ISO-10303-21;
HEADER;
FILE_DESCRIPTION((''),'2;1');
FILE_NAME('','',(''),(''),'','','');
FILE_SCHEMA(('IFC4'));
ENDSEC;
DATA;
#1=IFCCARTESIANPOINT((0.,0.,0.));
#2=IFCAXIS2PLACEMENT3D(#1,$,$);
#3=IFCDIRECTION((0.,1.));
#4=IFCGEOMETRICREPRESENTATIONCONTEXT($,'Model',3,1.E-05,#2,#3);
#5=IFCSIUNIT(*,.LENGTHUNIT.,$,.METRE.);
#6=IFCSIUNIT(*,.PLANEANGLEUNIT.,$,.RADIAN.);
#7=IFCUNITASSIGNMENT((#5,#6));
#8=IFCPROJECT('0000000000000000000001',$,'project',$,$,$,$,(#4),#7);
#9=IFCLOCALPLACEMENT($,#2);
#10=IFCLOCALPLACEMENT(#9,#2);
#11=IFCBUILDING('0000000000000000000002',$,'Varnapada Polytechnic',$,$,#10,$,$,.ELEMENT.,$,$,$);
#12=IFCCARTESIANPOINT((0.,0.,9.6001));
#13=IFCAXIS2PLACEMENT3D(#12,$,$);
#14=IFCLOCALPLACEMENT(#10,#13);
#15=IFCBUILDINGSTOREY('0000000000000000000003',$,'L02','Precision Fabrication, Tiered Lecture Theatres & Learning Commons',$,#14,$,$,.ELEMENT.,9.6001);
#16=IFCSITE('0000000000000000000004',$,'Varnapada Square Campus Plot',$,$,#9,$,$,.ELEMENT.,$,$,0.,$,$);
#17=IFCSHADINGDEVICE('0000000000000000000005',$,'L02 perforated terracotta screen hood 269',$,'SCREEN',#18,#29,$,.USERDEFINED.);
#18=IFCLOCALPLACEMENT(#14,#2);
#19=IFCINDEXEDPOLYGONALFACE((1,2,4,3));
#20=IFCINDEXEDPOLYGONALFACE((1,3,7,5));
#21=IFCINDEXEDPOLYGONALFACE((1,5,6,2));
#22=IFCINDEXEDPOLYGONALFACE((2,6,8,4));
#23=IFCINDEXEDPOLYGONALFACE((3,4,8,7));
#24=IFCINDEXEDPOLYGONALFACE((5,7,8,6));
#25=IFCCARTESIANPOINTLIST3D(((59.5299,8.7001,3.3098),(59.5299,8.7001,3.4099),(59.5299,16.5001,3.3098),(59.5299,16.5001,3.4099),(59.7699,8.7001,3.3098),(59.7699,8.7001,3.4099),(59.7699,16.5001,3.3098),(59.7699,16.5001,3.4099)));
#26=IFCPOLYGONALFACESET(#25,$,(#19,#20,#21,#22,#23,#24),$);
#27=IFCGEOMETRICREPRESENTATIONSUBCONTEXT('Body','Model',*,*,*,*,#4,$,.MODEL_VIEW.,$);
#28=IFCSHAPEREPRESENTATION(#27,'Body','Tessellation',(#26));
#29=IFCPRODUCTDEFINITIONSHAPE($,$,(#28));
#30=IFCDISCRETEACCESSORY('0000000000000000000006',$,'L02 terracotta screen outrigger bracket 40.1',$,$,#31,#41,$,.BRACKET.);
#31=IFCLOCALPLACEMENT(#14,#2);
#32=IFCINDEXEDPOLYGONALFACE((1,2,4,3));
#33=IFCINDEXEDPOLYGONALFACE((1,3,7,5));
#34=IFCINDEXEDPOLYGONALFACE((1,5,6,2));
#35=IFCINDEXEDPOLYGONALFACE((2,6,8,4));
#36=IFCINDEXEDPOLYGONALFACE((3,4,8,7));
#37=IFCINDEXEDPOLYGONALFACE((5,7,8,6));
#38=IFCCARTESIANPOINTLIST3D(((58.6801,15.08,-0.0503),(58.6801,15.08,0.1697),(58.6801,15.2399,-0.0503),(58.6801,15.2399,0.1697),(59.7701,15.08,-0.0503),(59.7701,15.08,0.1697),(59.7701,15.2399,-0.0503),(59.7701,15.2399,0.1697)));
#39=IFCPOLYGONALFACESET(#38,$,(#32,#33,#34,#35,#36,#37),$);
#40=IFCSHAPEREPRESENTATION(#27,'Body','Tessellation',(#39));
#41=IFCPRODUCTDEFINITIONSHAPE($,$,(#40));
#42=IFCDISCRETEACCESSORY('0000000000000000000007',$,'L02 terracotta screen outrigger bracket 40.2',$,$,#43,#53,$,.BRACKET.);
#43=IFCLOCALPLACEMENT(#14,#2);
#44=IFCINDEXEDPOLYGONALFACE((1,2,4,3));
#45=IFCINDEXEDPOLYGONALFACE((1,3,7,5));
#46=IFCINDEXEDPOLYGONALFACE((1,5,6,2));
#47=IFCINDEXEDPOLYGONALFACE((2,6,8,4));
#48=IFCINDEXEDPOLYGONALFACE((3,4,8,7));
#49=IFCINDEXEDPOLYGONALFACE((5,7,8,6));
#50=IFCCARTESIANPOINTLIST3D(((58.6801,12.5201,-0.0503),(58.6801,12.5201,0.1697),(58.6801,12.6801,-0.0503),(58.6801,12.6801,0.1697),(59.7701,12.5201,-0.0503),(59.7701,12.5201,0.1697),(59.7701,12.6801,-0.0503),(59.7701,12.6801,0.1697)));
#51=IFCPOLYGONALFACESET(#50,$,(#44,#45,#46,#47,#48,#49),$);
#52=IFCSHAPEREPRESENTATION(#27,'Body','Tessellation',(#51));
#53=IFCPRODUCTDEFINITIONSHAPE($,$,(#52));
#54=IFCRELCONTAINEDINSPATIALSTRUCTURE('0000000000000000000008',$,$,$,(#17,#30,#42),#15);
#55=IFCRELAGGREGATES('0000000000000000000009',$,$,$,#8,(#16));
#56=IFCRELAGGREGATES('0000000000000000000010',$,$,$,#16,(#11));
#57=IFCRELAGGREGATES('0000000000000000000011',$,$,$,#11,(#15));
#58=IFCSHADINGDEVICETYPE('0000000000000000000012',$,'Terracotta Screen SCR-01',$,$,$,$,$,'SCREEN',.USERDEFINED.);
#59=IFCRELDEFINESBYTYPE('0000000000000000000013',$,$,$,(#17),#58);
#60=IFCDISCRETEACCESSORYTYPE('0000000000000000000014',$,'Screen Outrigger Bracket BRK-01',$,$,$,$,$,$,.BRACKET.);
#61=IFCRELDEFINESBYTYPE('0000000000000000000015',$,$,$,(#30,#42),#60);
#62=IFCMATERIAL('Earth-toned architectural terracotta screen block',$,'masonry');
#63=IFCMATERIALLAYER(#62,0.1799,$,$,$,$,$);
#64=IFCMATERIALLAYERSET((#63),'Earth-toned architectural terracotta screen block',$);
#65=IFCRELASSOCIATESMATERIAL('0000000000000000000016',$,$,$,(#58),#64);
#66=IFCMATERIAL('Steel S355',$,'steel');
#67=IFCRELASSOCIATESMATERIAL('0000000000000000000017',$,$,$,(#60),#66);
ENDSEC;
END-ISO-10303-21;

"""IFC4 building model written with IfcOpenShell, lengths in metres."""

from ifc_helpers import new_model, si_unit, direction, frame, origin, origin_2d, place, context, subcontext, project, spatial, rectangle, extrude, material, layer, layer_set, type_object, element, save


model = new_model("IFC4")

# Units and contexts
model_context = context("Model", 3, precision=1e-05, world=origin(), true_north=direction((0.0, 1.0)))
body_context = subcontext(model_context, "Body", "Model", "MODEL_VIEW")
ifc_project = project(units=[si_unit("LENGTHUNIT", "METRE"), si_unit("PLANEANGLEUNIT", "RADIAN")], contexts=[model_context])

# Site, building, storey
site_placement = place(None, origin())
site = spatial("IfcSite", under=ifc_project, at=site_placement, Name="Varnapada Square Campus Plot", CompositionType="ELEMENT", RefElevation=0.0)
building_placement = place(site_placement, origin())
building = spatial("IfcBuilding", under=site, at=building_placement, Name="Varnapada Polytechnic", CompositionType="ELEMENT")
storey_placement = place(building_placement, frame((0.0, 0.0, 9.6001)))
storey = spatial("IfcBuildingStorey", under=building, at=storey_placement, Name="L02", Description="Precision Fabrication, Tiered Lecture Theatres & Learning Commons", CompositionType="ELEMENT", Elevation=9.6001)

# Shared definitions
ifc_material_1 = material(Name="Earth-toned architectural terracotta screen block", Category="masonry")

# Shading device
ifc_layer_1 = layer(ifc_material_1, 0.1799)
ifc_layer_set_1 = layer_set([ifc_layer_1], Name="Earth-toned architectural terracotta screen block")
shading_device_type = type_object("IfcShadingDeviceType", Name="Terracotta Screen SCR-01", ElementType="SCREEN", PredefinedType="USERDEFINED", material=ifc_layer_set_1)
shading_device_1_placement = place(storey_placement, frame((59.6499, 12.6001, 3.3098), z_axis=(0.0, 0.0, 1.0), x_axis=(0.0, -1.0, 0.0)))
element("IfcShadingDevice", 1, at=shading_device_1_placement, inside=storey, type_object=shading_device_type, Name="L02 perforated terracotta screen hood 269", ObjectType="SCREEN", PredefinedType="USERDEFINED", context=body_context, shape_type="SweptSolid", body=[
    extrude(rectangle(XDim=7.8, YDim=0.24, at=origin_2d()), origin(), (0.0, 0.0, 1.0), 0.1001),
])

# Discrete accessories
ifc_material_2 = material(Name="Steel S355", Category="steel")
discrete_accessory_type = type_object("IfcDiscreteAccessoryType", Name="Screen Outrigger Bracket BRK-01", PredefinedType="BRACKET", material=ifc_material_2)
for number, where, z_axis, x_axis, name in (
    (2, (59.2251, 15.1599, -0.0503), (0.0, 0.0, 1.0), (0.0, -1.0, 0.0), "L02 terracotta screen outrigger bracket 40.1"),
    (3, (59.2251, 12.6001, -0.0503), (0.0, 0.0, 1.0), (0.0, -1.0, 0.0), "L02 terracotta screen outrigger bracket 40.2"),
):
    element("IfcDiscreteAccessory", number, at=place(storey_placement, frame(where, z_axis=z_axis, x_axis=x_axis)), inside=storey, type_object=discrete_accessory_type, Name=name, PredefinedType="BRACKET", context=body_context, shape_type="SweptSolid", body=[
        extrude(rectangle(XDim=0.1599, YDim=1.0901, at=origin_2d()), origin(), (0.0, 0.0, 1.0), 0.22),
    ])

save(model, "model.ifc")
